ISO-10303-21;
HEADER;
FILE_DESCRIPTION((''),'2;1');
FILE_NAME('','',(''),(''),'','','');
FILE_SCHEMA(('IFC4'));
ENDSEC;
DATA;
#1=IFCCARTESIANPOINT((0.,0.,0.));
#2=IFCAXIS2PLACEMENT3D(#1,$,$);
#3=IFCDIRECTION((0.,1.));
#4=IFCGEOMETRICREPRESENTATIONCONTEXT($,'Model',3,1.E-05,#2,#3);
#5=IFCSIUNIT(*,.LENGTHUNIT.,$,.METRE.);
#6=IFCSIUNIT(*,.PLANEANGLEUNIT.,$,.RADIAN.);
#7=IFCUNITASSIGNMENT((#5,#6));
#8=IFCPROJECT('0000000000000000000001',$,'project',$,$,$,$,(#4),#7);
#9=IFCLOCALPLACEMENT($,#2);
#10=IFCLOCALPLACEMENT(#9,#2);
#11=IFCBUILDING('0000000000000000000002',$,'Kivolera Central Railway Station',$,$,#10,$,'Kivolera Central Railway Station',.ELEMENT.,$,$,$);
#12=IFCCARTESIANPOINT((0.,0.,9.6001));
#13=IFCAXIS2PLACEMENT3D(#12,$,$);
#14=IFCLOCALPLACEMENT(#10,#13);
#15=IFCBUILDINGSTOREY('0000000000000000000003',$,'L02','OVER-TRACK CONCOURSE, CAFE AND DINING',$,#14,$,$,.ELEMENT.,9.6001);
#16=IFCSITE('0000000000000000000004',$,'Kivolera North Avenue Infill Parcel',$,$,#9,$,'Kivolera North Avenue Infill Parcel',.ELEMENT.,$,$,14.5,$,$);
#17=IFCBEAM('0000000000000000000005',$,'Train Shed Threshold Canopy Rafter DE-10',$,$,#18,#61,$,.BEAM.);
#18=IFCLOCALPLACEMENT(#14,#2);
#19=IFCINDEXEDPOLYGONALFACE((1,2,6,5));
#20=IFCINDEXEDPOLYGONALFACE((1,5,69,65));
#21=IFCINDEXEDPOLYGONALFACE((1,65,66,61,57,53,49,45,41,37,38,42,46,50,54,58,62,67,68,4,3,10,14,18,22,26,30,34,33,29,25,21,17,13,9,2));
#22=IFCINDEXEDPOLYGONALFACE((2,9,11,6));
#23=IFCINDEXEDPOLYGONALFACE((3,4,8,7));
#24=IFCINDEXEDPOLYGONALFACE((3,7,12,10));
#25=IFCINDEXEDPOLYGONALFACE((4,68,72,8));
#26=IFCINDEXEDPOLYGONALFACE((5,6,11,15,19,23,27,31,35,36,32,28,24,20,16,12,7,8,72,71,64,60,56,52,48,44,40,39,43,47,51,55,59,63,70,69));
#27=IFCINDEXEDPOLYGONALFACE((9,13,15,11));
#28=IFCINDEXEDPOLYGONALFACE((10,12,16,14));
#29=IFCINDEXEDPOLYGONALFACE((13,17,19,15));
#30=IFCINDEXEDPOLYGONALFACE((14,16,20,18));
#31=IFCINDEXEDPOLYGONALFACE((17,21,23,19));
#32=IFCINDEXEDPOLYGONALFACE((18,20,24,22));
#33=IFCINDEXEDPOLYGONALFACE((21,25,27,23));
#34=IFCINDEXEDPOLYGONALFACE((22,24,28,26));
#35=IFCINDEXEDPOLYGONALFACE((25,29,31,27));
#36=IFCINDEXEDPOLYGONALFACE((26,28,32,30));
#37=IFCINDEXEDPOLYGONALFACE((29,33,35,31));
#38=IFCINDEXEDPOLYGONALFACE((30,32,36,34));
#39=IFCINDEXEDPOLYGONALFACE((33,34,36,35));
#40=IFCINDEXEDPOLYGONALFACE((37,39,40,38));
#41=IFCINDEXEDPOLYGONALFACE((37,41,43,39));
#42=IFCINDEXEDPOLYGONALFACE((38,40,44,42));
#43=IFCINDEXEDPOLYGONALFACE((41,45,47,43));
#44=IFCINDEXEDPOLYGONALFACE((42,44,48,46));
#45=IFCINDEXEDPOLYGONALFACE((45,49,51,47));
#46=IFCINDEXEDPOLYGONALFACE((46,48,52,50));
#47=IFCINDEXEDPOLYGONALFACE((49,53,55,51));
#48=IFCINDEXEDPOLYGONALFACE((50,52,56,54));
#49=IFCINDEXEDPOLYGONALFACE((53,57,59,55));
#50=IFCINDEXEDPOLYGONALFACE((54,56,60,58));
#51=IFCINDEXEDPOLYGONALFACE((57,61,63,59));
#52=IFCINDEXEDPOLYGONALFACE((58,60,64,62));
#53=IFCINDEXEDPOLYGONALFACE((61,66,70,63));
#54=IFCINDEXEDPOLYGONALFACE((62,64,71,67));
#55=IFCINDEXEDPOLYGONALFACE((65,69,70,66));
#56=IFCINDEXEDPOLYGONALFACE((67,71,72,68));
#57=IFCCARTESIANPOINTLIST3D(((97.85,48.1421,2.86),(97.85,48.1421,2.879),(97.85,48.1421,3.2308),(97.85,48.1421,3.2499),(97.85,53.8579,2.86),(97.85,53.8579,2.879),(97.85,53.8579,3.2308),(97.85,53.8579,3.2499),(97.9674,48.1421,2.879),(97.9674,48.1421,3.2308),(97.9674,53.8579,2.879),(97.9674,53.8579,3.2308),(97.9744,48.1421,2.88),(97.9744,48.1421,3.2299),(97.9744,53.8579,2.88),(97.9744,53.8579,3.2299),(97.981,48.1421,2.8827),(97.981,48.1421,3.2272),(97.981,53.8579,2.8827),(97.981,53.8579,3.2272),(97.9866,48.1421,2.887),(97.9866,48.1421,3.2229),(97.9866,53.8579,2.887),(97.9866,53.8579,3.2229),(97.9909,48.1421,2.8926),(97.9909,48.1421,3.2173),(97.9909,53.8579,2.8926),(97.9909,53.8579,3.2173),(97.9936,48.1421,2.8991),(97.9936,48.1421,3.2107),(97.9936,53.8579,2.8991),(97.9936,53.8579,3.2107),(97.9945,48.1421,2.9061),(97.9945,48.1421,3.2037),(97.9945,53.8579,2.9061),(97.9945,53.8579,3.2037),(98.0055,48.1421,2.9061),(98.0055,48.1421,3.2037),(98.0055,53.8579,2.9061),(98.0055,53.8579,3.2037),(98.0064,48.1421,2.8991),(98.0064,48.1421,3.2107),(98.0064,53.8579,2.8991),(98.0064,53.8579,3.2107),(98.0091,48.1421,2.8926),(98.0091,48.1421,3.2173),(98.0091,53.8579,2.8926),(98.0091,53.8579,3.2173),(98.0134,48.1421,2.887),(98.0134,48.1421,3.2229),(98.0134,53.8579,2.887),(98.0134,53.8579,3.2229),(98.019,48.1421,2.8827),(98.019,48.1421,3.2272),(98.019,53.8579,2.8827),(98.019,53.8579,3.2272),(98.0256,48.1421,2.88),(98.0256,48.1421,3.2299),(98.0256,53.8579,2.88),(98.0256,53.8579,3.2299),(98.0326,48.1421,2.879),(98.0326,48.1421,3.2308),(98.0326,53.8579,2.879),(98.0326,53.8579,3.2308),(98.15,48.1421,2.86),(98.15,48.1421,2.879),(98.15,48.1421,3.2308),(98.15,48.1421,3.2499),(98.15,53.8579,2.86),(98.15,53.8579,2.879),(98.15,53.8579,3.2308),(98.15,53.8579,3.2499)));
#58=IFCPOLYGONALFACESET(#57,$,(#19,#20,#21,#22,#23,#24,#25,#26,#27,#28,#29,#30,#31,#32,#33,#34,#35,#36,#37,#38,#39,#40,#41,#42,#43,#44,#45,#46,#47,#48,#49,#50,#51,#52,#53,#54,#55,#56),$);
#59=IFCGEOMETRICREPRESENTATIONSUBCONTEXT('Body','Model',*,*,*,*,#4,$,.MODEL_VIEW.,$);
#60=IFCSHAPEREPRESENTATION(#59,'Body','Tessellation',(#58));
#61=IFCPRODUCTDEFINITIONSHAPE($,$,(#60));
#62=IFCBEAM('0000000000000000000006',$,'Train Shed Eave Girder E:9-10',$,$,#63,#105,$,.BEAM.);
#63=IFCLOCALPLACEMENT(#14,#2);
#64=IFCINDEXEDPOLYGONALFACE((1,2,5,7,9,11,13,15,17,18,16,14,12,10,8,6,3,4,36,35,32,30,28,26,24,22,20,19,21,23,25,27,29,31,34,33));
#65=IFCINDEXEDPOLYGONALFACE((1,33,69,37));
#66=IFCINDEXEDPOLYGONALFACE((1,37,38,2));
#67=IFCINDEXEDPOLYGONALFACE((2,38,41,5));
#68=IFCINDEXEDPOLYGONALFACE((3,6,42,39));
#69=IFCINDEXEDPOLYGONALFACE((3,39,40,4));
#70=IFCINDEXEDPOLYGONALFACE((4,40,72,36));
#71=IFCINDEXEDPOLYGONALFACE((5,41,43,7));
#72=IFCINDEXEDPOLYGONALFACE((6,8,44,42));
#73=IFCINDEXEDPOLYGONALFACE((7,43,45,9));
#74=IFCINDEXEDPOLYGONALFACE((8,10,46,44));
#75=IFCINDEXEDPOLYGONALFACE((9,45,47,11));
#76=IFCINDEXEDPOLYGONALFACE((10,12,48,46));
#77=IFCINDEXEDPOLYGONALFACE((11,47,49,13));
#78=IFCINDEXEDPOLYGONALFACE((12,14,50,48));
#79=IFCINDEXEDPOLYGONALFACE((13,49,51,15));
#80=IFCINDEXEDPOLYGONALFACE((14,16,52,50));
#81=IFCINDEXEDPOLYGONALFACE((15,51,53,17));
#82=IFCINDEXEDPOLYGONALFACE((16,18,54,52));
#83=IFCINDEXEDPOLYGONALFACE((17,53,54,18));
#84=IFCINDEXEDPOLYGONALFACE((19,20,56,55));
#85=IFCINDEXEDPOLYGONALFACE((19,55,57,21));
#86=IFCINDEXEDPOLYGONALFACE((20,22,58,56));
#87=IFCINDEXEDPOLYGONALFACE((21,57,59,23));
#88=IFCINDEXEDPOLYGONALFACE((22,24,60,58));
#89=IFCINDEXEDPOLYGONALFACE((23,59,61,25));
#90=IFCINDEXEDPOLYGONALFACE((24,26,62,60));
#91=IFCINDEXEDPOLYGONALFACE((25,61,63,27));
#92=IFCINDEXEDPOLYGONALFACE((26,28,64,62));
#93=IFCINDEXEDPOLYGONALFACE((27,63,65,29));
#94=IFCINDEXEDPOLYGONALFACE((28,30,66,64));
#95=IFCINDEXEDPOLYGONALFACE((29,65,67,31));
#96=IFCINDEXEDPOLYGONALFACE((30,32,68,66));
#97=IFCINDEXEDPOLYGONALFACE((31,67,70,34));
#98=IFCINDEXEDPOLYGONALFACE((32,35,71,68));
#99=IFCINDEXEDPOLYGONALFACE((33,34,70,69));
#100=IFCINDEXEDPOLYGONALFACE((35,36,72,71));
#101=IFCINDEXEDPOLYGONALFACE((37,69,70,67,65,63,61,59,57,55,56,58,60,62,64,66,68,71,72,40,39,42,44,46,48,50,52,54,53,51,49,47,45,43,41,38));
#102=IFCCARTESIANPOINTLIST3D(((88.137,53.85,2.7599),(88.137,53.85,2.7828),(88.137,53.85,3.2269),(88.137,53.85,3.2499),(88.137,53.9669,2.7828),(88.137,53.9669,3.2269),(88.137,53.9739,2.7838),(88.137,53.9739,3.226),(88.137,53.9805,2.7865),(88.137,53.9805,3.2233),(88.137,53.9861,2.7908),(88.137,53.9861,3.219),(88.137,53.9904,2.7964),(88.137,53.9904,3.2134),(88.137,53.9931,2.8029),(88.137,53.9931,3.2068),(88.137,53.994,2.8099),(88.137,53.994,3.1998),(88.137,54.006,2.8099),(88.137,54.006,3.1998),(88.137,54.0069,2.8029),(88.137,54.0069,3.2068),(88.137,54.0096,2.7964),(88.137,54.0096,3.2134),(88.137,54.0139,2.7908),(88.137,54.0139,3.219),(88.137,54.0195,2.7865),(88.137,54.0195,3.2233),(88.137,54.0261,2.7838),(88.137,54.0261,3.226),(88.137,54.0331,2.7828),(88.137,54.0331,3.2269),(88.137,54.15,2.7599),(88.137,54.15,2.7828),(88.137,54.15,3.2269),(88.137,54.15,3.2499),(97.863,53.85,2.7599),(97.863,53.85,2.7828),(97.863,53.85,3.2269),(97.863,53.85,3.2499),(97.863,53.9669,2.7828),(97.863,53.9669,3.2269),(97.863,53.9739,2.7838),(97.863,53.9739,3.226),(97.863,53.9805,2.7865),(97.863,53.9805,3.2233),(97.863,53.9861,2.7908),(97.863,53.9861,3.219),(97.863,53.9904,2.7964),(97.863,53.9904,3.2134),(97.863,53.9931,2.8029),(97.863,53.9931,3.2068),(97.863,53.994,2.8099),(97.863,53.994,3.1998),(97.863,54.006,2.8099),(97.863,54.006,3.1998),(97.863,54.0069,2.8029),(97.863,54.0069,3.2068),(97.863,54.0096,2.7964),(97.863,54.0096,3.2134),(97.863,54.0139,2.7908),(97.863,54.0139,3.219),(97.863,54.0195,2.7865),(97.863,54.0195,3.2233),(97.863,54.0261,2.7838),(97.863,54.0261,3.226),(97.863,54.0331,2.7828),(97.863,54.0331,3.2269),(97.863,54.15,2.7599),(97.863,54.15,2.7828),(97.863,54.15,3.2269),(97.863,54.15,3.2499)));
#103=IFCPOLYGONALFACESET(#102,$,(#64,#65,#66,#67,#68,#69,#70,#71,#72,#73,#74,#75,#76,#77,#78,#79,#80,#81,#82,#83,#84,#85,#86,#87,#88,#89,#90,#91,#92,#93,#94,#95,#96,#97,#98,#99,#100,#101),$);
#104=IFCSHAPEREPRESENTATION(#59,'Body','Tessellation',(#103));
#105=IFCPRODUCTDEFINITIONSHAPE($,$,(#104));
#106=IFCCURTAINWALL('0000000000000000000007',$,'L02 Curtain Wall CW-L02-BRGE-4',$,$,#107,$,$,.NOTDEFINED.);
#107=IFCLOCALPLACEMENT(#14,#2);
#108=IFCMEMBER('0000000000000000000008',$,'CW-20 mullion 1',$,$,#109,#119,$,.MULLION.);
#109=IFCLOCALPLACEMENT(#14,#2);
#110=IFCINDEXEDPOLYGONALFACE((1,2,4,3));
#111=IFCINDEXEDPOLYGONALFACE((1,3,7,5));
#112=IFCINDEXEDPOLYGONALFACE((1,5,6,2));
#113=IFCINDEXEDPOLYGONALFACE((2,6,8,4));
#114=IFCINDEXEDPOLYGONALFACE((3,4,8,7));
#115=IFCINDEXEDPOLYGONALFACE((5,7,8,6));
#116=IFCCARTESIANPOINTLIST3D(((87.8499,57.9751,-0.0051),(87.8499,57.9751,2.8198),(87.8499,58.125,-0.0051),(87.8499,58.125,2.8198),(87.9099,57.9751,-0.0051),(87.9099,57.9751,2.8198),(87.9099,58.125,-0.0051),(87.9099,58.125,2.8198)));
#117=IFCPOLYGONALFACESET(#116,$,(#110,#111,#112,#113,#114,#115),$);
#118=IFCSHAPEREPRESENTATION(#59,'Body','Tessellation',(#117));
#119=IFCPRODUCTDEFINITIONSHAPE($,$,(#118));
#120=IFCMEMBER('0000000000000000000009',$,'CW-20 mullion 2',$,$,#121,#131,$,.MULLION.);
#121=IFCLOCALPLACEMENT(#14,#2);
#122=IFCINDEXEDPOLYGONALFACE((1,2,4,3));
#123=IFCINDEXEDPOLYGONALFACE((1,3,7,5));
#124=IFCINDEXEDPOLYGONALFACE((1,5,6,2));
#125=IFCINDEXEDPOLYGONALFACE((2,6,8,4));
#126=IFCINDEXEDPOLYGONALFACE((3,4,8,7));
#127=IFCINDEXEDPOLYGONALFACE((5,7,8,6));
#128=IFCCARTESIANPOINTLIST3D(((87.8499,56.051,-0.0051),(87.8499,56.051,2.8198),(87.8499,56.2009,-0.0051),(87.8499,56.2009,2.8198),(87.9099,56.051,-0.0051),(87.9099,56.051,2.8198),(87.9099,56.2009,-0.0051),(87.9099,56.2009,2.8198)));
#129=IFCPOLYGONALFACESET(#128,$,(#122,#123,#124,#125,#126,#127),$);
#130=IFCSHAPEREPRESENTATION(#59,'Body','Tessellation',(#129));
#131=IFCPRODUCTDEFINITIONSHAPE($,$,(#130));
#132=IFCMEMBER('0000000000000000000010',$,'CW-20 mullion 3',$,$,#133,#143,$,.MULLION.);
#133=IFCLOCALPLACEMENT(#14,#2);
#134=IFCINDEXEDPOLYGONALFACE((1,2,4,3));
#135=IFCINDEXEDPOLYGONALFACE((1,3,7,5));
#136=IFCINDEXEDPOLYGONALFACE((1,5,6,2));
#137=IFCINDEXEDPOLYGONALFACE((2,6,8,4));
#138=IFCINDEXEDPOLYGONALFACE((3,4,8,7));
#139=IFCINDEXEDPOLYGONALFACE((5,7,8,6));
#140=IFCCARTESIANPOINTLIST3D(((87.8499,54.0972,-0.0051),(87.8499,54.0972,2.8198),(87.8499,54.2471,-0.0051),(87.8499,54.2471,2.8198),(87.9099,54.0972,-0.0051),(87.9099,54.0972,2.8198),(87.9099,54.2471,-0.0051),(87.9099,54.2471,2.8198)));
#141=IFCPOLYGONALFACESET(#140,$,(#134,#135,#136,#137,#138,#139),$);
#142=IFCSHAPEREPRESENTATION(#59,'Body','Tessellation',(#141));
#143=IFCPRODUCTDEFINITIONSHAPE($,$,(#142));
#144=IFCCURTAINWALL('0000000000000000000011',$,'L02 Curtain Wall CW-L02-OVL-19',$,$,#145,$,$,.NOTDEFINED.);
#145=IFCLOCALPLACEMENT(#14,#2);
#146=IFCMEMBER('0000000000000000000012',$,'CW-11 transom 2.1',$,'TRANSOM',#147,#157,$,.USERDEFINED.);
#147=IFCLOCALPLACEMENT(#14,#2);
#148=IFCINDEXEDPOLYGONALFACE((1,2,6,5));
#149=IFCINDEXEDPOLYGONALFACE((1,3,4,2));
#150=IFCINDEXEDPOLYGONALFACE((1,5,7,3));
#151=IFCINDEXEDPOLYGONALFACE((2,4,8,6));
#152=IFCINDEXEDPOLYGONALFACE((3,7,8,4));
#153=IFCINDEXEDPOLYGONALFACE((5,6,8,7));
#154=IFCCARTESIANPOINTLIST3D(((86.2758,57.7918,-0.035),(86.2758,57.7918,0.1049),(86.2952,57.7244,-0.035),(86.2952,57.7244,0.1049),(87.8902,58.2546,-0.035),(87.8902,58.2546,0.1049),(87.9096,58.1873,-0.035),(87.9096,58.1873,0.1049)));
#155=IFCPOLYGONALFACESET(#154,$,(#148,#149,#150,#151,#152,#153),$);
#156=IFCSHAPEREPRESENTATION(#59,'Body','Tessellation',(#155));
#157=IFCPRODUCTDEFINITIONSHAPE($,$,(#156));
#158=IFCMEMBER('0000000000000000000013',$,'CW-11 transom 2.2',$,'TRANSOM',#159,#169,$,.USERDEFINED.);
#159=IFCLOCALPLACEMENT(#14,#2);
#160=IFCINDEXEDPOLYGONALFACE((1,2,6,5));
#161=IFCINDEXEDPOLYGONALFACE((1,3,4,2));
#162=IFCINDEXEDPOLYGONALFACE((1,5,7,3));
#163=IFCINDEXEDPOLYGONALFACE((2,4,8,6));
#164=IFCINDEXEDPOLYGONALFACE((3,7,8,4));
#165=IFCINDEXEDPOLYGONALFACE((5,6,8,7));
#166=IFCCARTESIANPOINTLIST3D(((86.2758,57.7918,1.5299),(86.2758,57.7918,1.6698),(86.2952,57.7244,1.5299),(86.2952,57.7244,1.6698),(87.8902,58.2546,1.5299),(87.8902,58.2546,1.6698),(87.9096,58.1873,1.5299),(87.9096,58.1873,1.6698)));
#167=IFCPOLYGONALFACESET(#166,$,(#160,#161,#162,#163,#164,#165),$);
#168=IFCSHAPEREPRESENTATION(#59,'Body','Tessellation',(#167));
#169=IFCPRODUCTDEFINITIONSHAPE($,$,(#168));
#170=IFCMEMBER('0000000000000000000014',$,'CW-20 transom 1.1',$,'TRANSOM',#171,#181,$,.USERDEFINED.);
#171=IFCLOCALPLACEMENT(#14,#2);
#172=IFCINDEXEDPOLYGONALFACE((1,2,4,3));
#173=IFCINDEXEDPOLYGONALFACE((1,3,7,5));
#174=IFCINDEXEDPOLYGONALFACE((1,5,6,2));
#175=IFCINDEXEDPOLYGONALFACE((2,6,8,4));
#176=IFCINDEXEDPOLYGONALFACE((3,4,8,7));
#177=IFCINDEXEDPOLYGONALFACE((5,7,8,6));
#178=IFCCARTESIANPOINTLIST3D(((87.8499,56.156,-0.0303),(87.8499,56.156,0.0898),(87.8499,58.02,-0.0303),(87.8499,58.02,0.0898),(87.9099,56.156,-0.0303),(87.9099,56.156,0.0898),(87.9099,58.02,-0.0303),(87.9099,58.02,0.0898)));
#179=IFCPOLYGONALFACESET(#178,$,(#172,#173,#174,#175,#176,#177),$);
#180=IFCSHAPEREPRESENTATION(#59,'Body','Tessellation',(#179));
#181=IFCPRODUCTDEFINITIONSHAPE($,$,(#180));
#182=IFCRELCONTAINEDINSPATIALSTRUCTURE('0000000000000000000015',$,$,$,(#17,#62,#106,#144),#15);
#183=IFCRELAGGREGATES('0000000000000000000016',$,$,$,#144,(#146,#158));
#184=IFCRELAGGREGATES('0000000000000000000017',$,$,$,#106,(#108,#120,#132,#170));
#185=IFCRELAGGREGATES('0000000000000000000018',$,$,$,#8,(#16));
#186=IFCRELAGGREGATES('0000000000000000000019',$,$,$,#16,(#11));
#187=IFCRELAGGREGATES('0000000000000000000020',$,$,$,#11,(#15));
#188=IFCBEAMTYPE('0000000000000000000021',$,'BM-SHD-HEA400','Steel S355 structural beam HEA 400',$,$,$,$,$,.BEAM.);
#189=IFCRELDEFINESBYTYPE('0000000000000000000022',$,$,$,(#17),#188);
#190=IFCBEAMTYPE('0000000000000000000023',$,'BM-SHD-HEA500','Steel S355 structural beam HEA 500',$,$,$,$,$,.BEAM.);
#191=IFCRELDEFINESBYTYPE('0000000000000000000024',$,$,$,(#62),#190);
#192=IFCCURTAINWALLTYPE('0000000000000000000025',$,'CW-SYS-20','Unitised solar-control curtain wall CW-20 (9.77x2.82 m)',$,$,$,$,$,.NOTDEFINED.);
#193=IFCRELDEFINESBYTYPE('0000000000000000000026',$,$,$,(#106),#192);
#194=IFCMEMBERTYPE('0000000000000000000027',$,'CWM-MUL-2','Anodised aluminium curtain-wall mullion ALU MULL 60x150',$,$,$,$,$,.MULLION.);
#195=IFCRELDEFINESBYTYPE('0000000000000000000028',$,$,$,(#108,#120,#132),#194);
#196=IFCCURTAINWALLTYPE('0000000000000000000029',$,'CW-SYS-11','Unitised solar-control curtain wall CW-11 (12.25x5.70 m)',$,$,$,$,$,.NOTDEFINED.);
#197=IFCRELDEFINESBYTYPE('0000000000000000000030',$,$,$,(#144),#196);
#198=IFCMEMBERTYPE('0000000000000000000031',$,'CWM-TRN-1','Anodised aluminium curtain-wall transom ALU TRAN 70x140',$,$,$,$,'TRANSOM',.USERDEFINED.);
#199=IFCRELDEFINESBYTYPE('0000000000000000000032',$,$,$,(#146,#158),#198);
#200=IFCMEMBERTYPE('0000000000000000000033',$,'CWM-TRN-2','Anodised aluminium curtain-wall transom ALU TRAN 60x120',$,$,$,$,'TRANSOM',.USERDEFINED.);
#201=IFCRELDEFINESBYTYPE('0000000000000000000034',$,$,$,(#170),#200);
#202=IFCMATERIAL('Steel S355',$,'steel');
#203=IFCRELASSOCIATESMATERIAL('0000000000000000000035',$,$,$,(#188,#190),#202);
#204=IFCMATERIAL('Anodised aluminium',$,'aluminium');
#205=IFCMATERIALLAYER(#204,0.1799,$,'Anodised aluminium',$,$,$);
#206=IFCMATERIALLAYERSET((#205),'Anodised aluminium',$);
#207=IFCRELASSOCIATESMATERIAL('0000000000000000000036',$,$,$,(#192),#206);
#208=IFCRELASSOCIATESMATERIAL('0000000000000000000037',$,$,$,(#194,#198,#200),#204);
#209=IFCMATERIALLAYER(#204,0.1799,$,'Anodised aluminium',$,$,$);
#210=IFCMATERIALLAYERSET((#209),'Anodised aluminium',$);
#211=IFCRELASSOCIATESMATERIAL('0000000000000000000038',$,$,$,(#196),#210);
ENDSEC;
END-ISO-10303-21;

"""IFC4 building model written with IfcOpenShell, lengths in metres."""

from ifc_helpers import new_model, si_unit, direction, frame, origin, origin_2d, place, context, subcontext, project, spatial, rectangle, i_section, extrude, material, layer, layer_set, material_profile, profile_set, type_object, element, aggregate, save


model = new_model("IFC4")

# Units and contexts
model_context = context("Model", 3, precision=1e-05, world=origin(), true_north=direction((0.0, 1.0)))
body_context = subcontext(model_context, "Body", "Model", "MODEL_VIEW")
ifc_project = project(units=[si_unit("LENGTHUNIT", "METRE"), si_unit("PLANEANGLEUNIT", "RADIAN")], contexts=[model_context])

# Site, building, storey
site_placement = place(None, origin())
site = spatial("IfcSite", under=ifc_project, at=site_placement, Name="Kivolera North Avenue Infill Parcel", LongName="Kivolera North Avenue Infill Parcel", CompositionType="ELEMENT", RefElevation=14.5)
building_placement = place(site_placement, origin())
building = spatial("IfcBuilding", under=site, at=building_placement, Name="Kivolera Central Railway Station", LongName="Kivolera Central Railway Station", CompositionType="ELEMENT")
storey_placement = place(building_placement, frame((0.0, 0.0, 9.6001)))
storey = spatial("IfcBuildingStorey", under=building, at=storey_placement, Name="L02", Description="OVER-TRACK CONCOURSE, CAFE AND DINING", CompositionType="ELEMENT", Elevation=9.6001)

# Shared definitions
ifc_material_1 = material(Name="Steel S355", Category="steel")

# Beams
ifc_material_profile_1 = material_profile(ifc_material_1, i_section(OverallWidth=0.3, OverallDepth=0.3899, WebThickness=0.011, FlangeThickness=0.019, FilletRadius=0.0271, at=origin_2d()), Name="HEA 400")
ifc_profile_set_1 = profile_set([ifc_material_profile_1], Name="Steel S355")
beam_type_1 = type_object("IfcBeamType", Name="BM-SHD-HEA400", Description="Steel S355 structural beam HEA 400", PredefinedType="BEAM", material=ifc_profile_set_1)
beam_1_placement = place(storey_placement, frame((98.0, 48.1421, 3.0549), z_axis=(0.0, 1.0, 0.0), x_axis=(-1.0, 0.0, 0.0)))
element("IfcBeam", 1, at=beam_1_placement, inside=storey, type_object=beam_type_1, Name="Train Shed Threshold Canopy Rafter DE-10", PredefinedType="BEAM", context=body_context, shape_type="SweptSolid", body=[
    extrude(i_section(OverallWidth=0.3, OverallDepth=0.3899, WebThickness=0.011, FlangeThickness=0.019, FilletRadius=0.0271, at=origin_2d()), origin(), (0.0, 0.0, 1.0), 5.7158),
])
ifc_material_profile_2 = material_profile(ifc_material_1, i_section(OverallWidth=0.3, OverallDepth=0.49, WebThickness=0.012, FlangeThickness=0.0229, FilletRadius=0.0271, at=origin_2d()), Name="HEA 500")
ifc_profile_set_2 = profile_set([ifc_material_profile_2], Name="Steel S355")
beam_type_2 = type_object("IfcBeamType", Name="BM-SHD-HEA500", Description="Steel S355 structural beam HEA 500", PredefinedType="BEAM", material=ifc_profile_set_2)
beam_2_placement = place(storey_placement, frame((88.137, 54.0, 3.0049), z_axis=(1.0, 0.0, 0.0), x_axis=(0.0, 1.0, 0.0)))
element("IfcBeam", 2, at=beam_2_placement, inside=storey, type_object=beam_type_2, Name="Train Shed Eave Girder E:9-10", PredefinedType="BEAM", context=body_context, shape_type="SweptSolid", body=[
    extrude(i_section(OverallWidth=0.3, OverallDepth=0.49, WebThickness=0.012, FlangeThickness=0.0229, FilletRadius=0.0271, at=origin_2d()), origin(), (0.0, 0.0, 1.0), 9.7261),
])

# Curtain walls, members
ifc_material_2 = material(Name="Anodised aluminium", Category="aluminium")
ifc_layer_1 = layer(ifc_material_2, 0.1799, Name="Anodised aluminium")
ifc_layer_set_1 = layer_set([ifc_layer_1], Name="Anodised aluminium")
curtain_wall_type_1 = type_object("IfcCurtainWallType", Name="CW-SYS-20", Description="Unitised solar-control curtain wall CW-20 (9.77x2.82 m)", PredefinedType="NOTDEFINED", material=ifc_layer_set_1)
curtain_wall_1_placement = place(storey_placement, origin())
curtain_wall_1 = element("IfcCurtainWall", 3, at=curtain_wall_1_placement, inside=storey, type_object=curtain_wall_type_1, Name="L02 Curtain Wall CW-L02-BRGE-4", PredefinedType="NOTDEFINED")
ifc_material_profile_3 = material_profile(ifc_material_2, rectangle(XDim=0.0601, YDim=0.1499, at=origin_2d()), Name="ALU MULL 60x150")
ifc_profile_set_3 = profile_set([ifc_material_profile_3], Name="Anodised aluminium")
member_type_1 = type_object("IfcMemberType", Name="CWM-MUL-2", Description="Anodised aluminium curtain-wall mullion ALU MULL 60x150", PredefinedType="MULLION", material=ifc_profile_set_3)
member_1_placement = place(storey_placement, frame((87.8799, 58.05, -0.0051), z_axis=(0.0, 0.0, 1.0), x_axis=(1.0, 0.0, 0.0)))
member_1 = element("IfcMember", 4, at=member_1_placement, type_object=member_type_1, Name="CW-20 mullion 1", PredefinedType="MULLION", context=body_context, shape_type="SweptSolid", body=[
    extrude(rectangle(XDim=0.0601, YDim=0.1499, at=origin_2d()), origin(), (0.0, 0.0, 1.0), 2.825),
])
member_2_placement = place(storey_placement, frame((87.8799, 56.126, -0.0051), z_axis=(0.0, 0.0, 1.0), x_axis=(1.0, 0.0, 0.0)))
member_2 = element("IfcMember", 5, at=member_2_placement, type_object=member_type_1, Name="CW-20 mullion 2", PredefinedType="MULLION", context=body_context, shape_type="SweptSolid", body=[
    extrude(rectangle(XDim=0.0601, YDim=0.1499, at=origin_2d()), origin(), (0.0, 0.0, 1.0), 2.825),
])
member_3_placement = place(storey_placement, frame((87.8799, 54.1721, -0.0051), z_axis=(0.0, 0.0, 1.0), x_axis=(1.0, 0.0, 0.0)))
member_3 = element("IfcMember", 6, at=member_3_placement, type_object=member_type_1, Name="CW-20 mullion 3", PredefinedType="MULLION", context=body_context, shape_type="SweptSolid", body=[
    extrude(rectangle(XDim=0.0601, YDim=0.1499, at=origin_2d()), origin(), (0.0, 0.0, 1.0), 2.825),
])
ifc_layer_2 = layer(ifc_material_2, 0.1799, Name="Anodised aluminium")
ifc_layer_set_2 = layer_set([ifc_layer_2], Name="Anodised aluminium")
curtain_wall_type_2 = type_object("IfcCurtainWallType", Name="CW-SYS-11", Description="Unitised solar-control curtain wall CW-11 (12.25x5.70 m)", PredefinedType="NOTDEFINED", material=ifc_layer_set_2)
curtain_wall_2_placement = place(storey_placement, origin())
curtain_wall_2 = element("IfcCurtainWall", 7, at=curtain_wall_2_placement, inside=storey, type_object=curtain_wall_type_2, Name="L02 Curtain Wall CW-L02-OVL-19", PredefinedType="NOTDEFINED")
ifc_material_profile_4 = material_profile(ifc_material_2, rectangle(XDim=0.0701, YDim=0.1399, at=origin_2d()), Name="ALU TRAN 70x140")
ifc_profile_set_4 = profile_set([ifc_material_profile_4], Name="Anodised aluminium")
member_type_2 = type_object("IfcMemberType", Name="CWM-TRN-1", Description="Anodised aluminium curtain-wall transom ALU TRAN 70x140", ElementType="TRANSOM", PredefinedType="USERDEFINED", material=ifc_profile_set_4)
member_4_placement = place(storey_placement, frame((87.8999, 58.2209, 0.0349), z_axis=(-0.961271, -0.275604, 0.0), x_axis=(0.275604, -0.961271, 0.0)))
member_4 = element("IfcMember", 8, at=member_4_placement, type_object=member_type_2, Name="CW-11 transom 2.1", ObjectType="TRANSOM", PredefinedType="USERDEFINED", context=body_context, shape_type="SweptSolid", body=[
    extrude(rectangle(XDim=0.0701, YDim=0.1399, at=origin_2d()), origin(), (0.0, 0.0, 1.0), 1.6794),
])
member_5_placement = place(storey_placement, frame((87.8999, 58.2209, 1.5999), z_axis=(-0.961271, -0.275604, 0.0), x_axis=(0.275604, -0.961271, 0.0)))
member_5 = element("IfcMember", 9, at=member_5_placement, type_object=member_type_2, Name="CW-11 transom 2.2", ObjectType="TRANSOM", PredefinedType="USERDEFINED", context=body_context, shape_type="SweptSolid", body=[
    extrude(rectangle(XDim=0.0701, YDim=0.1399, at=origin_2d()), origin(), (0.0, 0.0, 1.0), 1.6794),
])
aggregate(curtain_wall_2, [member_4, member_5])

# Member
ifc_material_profile_5 = material_profile(ifc_material_2, rectangle(XDim=0.0601, YDim=0.1201, at=origin_2d()), Name="ALU TRAN 60x120")
ifc_profile_set_5 = profile_set([ifc_material_profile_5], Name="Anodised aluminium")
member_type_3 = type_object("IfcMemberType", Name="CWM-TRN-2", Description="Anodised aluminium curtain-wall transom ALU TRAN 60x120", ElementType="TRANSOM", PredefinedType="USERDEFINED", material=ifc_profile_set_5)
member_6_placement = place(storey_placement, frame((87.8799, 58.02, 0.0298), z_axis=(0.0, -1.0, 0.0), x_axis=(1.0, 0.0, 0.0)))
member_6 = element("IfcMember", 10, at=member_6_placement, type_object=member_type_3, Name="CW-20 transom 1.1", ObjectType="TRANSOM", PredefinedType="USERDEFINED", context=body_context, shape_type="SweptSolid", body=[
    extrude(rectangle(XDim=0.0601, YDim=0.1201, at=origin_2d()), origin(), (0.0, 0.0, 1.0), 1.864),
])

aggregate(curtain_wall_1, [member_1, member_2, member_3, member_6])

save(model, "model.ifc")
